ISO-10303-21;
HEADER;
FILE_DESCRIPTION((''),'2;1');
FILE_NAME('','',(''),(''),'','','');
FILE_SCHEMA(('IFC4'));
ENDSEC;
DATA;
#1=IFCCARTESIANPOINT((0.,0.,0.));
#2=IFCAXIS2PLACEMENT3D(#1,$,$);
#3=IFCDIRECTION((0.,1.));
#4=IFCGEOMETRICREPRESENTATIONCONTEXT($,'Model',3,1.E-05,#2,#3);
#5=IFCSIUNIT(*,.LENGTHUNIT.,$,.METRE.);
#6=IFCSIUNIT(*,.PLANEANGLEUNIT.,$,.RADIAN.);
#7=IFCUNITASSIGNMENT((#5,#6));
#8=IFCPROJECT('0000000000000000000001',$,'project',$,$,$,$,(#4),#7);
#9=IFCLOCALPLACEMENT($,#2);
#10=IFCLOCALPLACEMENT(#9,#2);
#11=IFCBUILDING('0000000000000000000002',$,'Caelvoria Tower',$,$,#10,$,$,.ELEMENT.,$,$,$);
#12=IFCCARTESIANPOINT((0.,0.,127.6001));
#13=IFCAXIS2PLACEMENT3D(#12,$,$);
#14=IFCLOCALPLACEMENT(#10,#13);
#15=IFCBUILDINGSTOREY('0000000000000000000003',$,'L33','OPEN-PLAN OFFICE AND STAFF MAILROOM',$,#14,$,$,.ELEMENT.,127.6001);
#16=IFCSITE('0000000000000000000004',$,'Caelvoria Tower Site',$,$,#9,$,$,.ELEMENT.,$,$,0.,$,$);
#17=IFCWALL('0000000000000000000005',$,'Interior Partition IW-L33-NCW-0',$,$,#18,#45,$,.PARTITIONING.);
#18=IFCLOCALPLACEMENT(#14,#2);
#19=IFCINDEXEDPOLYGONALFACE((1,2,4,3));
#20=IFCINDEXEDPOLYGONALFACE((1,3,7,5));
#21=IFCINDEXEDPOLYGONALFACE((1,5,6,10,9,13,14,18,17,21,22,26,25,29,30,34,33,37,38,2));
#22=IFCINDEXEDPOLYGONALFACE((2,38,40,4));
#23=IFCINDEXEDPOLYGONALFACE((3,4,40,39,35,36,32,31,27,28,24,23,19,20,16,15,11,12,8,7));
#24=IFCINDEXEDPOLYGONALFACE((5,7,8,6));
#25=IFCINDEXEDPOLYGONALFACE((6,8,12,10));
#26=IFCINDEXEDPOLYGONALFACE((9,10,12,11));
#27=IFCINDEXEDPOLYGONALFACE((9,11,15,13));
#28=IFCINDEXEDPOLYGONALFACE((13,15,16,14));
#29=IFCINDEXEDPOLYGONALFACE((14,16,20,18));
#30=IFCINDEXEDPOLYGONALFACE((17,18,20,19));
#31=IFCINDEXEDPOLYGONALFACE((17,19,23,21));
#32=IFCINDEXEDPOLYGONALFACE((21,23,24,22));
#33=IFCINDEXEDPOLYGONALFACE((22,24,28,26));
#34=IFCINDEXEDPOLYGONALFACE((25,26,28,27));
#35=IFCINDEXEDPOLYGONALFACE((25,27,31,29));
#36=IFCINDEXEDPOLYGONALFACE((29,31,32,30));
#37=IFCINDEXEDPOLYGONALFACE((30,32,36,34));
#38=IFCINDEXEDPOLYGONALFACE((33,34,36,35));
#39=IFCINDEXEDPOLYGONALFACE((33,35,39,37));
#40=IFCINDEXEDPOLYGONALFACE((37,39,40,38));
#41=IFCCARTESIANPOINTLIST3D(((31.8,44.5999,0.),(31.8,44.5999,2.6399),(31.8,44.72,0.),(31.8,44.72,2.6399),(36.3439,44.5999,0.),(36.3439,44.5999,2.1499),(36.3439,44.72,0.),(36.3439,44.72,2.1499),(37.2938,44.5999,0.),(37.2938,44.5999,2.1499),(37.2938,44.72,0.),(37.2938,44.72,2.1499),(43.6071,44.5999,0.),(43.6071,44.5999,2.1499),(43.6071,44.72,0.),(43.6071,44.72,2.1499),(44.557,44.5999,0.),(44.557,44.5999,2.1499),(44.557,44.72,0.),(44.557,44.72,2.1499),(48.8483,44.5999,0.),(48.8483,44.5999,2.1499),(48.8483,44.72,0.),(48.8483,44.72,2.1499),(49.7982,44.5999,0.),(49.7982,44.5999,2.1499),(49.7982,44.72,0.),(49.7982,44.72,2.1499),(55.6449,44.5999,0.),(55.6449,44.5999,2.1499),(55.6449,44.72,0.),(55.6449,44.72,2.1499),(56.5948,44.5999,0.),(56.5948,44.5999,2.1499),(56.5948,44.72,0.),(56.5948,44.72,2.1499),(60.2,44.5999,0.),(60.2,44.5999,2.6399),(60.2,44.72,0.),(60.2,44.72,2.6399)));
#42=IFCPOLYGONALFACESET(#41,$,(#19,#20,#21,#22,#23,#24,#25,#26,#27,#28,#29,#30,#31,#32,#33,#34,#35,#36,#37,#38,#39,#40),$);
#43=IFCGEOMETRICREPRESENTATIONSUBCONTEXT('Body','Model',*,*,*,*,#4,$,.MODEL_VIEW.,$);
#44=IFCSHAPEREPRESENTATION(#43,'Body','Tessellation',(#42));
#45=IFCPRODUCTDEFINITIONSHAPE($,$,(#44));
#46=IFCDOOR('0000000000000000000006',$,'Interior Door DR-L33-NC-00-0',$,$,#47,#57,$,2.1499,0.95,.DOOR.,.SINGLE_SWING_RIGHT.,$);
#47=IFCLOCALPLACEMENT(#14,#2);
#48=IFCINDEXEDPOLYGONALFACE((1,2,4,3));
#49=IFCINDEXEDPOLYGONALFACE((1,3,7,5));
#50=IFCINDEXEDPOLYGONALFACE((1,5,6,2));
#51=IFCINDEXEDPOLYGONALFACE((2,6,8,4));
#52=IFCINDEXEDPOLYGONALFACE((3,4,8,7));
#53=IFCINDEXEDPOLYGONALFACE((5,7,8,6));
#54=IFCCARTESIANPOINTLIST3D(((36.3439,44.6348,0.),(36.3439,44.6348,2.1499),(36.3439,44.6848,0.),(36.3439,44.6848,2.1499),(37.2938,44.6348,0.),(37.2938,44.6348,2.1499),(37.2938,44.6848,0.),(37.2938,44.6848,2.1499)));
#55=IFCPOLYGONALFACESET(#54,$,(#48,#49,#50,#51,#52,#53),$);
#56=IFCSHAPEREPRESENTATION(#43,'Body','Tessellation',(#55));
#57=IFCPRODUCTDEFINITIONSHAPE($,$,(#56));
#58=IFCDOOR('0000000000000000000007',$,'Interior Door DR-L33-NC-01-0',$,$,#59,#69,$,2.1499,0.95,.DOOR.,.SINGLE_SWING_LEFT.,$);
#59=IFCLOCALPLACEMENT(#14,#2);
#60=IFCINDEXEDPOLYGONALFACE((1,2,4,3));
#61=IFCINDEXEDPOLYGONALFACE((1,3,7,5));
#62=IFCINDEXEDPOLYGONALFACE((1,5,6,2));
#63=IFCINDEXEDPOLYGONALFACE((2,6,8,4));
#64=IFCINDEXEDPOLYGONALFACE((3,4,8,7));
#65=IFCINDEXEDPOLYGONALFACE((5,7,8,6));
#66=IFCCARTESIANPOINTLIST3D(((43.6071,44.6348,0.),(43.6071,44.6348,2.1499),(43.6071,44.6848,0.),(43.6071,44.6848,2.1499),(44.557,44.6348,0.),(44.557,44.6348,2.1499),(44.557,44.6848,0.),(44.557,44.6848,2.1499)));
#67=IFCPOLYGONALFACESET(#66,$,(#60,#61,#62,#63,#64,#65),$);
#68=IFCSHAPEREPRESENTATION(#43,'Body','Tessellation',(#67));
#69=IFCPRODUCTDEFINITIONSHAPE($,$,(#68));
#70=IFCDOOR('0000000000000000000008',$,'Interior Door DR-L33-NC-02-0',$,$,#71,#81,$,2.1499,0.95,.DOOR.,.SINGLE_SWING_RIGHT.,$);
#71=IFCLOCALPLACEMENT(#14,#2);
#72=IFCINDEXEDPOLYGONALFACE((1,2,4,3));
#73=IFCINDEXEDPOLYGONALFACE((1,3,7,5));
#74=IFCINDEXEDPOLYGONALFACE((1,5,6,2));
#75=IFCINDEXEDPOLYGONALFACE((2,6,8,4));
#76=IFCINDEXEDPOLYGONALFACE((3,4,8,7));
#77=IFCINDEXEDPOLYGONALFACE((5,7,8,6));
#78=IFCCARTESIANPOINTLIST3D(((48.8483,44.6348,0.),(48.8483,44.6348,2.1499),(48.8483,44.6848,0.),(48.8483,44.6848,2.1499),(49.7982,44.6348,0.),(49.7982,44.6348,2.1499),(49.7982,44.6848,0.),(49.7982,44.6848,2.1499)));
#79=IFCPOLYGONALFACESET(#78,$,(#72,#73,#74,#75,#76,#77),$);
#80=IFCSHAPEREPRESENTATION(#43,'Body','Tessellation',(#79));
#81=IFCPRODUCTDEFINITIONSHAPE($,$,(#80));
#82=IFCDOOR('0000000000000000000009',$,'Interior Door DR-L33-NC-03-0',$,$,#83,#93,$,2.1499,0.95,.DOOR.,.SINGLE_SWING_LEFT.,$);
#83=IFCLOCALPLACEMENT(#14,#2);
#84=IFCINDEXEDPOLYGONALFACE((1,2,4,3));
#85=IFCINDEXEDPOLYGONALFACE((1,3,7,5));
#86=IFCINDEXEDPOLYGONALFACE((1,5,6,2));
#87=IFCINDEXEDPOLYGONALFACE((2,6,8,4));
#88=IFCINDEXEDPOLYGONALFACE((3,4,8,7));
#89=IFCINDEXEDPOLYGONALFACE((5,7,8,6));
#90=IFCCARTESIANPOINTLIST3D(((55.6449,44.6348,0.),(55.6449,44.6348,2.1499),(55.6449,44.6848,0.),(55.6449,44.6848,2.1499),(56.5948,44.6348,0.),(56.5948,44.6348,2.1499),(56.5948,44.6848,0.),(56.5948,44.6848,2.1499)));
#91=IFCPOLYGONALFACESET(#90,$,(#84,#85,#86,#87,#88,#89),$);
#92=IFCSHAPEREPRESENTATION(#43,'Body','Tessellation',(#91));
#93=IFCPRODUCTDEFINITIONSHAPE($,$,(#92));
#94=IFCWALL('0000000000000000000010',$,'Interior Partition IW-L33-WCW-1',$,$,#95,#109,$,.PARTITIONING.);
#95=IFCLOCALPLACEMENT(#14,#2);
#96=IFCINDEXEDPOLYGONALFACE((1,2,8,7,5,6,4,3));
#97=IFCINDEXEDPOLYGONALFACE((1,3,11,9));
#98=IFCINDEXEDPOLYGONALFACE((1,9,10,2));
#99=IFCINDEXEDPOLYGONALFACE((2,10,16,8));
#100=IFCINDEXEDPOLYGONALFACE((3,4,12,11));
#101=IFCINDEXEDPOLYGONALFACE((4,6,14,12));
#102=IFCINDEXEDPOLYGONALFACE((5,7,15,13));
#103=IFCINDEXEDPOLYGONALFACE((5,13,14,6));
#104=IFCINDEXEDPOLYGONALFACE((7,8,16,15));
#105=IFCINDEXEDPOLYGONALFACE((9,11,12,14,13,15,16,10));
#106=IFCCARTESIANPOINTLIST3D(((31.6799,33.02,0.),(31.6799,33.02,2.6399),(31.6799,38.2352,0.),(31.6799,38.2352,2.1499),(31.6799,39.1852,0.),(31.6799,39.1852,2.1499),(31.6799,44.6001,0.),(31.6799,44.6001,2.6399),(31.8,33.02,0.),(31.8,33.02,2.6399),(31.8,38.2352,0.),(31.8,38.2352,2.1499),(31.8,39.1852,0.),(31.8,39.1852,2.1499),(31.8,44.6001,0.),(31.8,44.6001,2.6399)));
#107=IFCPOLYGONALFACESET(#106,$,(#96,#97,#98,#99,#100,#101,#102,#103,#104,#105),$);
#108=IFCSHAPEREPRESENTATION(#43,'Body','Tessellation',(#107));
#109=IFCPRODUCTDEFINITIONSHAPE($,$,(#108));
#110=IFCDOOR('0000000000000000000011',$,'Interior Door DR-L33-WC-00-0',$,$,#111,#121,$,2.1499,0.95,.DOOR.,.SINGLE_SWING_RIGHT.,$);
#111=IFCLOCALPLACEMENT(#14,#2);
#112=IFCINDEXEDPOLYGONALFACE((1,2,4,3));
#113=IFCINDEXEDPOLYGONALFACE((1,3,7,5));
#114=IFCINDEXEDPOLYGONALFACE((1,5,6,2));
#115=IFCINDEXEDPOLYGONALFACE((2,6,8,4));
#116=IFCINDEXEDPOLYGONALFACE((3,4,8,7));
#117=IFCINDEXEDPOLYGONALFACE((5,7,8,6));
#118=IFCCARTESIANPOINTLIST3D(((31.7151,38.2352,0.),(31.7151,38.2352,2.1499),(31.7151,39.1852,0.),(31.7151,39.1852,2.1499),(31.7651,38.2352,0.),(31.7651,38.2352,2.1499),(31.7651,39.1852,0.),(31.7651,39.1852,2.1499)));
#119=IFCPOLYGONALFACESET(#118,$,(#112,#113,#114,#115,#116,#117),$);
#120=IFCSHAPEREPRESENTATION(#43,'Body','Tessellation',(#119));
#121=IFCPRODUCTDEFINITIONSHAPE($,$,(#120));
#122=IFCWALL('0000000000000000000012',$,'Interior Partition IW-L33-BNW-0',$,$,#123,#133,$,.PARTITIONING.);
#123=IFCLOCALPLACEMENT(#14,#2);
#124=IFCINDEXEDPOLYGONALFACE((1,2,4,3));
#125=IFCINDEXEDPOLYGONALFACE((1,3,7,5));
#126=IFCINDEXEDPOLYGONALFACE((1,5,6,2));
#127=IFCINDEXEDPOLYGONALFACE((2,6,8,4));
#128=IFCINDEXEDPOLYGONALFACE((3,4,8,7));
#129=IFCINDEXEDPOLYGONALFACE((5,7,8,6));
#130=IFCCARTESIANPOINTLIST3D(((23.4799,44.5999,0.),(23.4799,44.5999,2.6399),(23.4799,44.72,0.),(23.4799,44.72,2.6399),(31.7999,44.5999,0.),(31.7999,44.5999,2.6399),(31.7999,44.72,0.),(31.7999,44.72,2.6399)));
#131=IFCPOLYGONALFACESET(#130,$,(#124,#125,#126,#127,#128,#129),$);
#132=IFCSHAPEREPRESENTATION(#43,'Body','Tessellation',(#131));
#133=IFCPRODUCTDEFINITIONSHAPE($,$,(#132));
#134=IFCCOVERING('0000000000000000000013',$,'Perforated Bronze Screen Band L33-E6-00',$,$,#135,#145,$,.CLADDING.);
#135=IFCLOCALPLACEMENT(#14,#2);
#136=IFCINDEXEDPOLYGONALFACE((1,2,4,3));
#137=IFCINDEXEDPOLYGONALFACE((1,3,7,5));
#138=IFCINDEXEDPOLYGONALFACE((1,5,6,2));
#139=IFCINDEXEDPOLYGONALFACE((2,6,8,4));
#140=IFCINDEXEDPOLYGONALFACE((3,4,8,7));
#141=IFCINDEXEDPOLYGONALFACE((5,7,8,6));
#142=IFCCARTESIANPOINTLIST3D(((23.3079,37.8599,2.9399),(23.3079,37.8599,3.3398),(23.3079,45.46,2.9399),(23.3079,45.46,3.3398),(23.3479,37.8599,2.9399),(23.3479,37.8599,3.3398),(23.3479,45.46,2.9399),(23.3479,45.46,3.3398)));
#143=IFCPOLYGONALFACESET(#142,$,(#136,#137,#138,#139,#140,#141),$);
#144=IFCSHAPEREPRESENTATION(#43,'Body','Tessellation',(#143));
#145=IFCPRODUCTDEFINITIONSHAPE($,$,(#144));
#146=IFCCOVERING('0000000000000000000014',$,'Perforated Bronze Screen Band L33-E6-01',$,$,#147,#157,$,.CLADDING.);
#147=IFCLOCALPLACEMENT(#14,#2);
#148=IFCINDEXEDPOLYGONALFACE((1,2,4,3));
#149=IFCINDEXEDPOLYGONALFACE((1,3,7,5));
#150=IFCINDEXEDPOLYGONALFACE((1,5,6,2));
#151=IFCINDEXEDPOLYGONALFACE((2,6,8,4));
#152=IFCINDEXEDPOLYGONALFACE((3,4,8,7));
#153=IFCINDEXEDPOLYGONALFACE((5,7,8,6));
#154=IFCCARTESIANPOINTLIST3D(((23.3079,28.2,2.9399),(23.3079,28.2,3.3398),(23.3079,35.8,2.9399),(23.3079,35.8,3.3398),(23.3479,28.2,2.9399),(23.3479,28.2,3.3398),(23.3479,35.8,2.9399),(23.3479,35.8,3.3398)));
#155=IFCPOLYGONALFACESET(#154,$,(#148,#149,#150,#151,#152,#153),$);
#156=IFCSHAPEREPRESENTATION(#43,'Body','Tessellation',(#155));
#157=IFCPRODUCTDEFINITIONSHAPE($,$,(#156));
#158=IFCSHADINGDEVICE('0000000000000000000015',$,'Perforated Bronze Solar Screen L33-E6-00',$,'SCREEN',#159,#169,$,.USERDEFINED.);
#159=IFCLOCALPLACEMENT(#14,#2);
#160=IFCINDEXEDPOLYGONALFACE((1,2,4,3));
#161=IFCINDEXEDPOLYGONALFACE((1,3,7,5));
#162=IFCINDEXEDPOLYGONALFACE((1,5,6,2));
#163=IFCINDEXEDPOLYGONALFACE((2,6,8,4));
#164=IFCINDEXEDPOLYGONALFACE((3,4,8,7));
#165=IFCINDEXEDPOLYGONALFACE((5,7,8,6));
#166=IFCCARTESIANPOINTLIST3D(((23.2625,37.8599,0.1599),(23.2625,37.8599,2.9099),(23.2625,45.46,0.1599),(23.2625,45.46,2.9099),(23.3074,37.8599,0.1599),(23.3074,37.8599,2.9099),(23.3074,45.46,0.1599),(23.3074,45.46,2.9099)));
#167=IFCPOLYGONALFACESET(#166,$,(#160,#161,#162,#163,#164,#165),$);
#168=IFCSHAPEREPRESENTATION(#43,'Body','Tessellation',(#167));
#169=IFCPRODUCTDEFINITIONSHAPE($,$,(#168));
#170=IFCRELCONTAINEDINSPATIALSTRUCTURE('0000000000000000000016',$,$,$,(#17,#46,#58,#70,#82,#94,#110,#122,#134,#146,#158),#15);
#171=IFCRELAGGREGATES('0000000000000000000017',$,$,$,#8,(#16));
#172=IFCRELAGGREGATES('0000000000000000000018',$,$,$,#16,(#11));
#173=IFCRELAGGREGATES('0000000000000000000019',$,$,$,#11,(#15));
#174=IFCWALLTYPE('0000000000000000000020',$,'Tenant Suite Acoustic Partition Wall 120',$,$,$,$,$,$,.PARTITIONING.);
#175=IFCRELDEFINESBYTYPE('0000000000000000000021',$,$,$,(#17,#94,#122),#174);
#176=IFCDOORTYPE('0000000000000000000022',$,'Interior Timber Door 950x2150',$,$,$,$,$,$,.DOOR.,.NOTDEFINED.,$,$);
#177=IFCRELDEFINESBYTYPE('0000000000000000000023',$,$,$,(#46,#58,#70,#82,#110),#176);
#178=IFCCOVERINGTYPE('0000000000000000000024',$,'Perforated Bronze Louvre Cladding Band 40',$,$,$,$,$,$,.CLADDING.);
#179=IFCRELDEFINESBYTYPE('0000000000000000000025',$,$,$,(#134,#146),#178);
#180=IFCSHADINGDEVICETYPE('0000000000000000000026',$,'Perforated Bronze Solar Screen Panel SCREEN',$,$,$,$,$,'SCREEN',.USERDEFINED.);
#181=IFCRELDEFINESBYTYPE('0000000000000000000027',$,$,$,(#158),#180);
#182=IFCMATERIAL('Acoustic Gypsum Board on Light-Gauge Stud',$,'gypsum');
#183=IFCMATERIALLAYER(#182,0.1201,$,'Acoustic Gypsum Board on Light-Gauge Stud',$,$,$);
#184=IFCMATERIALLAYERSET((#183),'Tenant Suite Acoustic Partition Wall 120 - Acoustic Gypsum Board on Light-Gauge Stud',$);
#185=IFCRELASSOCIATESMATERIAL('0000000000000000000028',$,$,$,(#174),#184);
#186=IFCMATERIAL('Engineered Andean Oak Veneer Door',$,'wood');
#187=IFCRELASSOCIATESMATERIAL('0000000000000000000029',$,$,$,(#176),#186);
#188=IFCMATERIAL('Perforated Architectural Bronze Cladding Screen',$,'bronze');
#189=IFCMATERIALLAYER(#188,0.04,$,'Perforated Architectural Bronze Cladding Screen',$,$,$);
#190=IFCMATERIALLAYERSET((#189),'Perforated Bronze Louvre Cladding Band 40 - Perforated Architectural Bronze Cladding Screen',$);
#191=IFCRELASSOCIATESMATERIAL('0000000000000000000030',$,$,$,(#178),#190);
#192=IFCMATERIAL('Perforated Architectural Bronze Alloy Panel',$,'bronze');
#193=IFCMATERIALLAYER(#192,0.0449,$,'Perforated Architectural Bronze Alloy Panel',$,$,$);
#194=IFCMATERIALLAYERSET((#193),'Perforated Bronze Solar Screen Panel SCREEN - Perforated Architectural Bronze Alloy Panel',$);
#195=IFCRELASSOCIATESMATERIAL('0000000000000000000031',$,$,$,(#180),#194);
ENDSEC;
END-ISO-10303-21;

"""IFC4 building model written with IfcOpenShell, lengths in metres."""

from ifc_helpers import new_model, si_unit, direction, frame, frame_2d, origin, origin_2d, place, context, subcontext, project, spatial, rectangle, extrude, material, layer, layer_set, type_object, element, fill, save


model = new_model("IFC4")

# Units and contexts
model_context = context("Model", 3, precision=1e-05, world=origin(), true_north=direction((0.0, 1.0)))
body_context = subcontext(model_context, "Body", "Model", "MODEL_VIEW")
ifc_project = project(units=[si_unit("LENGTHUNIT", "METRE"), si_unit("PLANEANGLEUNIT", "RADIAN")], contexts=[model_context])

# Site, building, storey
site_placement = place(None, origin())
site = spatial("IfcSite", under=ifc_project, at=site_placement, Name="Caelvoria Tower Site", CompositionType="ELEMENT", RefElevation=0.0)
building_placement = place(site_placement, origin())
building = spatial("IfcBuilding", under=site, at=building_placement, Name="Caelvoria Tower", CompositionType="ELEMENT")
storey_placement = place(building_placement, frame((0.0, 0.0, 127.6001)))
storey = spatial("IfcBuildingStorey", under=building, at=storey_placement, Name="L33", Description="OPEN-PLAN OFFICE AND STAFF MAILROOM", CompositionType="ELEMENT", Elevation=127.6001)

# Wall, openings, doors
ifc_material_1 = material(Name="Acoustic Gypsum Board on Light-Gauge Stud", Category="gypsum")
ifc_layer_1 = layer(ifc_material_1, 0.1201, Name="Acoustic Gypsum Board on Light-Gauge Stud")
ifc_layer_set_1 = layer_set([ifc_layer_1], Name="Tenant Suite Acoustic Partition Wall 120 - Acoustic Gypsum Board on Light-Gauge Stud")
wall_type = type_object("IfcWallType", Name="Tenant Suite Acoustic Partition Wall 120", PredefinedType="PARTITIONING", material=ifc_layer_set_1)
wall_1_placement = place(storey_placement, frame((31.8, 44.6599, 0.0), z_axis=(0.0, 0.0, 1.0), x_axis=(1.0, 0.0, 0.0)))
wall_1 = element("IfcWall", 1, at=wall_1_placement, inside=storey, type_object=wall_type, Name="Interior Partition IW-L33-NCW-0", PredefinedType="PARTITIONING", context=body_context, shape_type="SweptSolid", body=[
    extrude(rectangle(XDim=28.3999, YDim=0.1201, at=frame_2d((14.2, 0.0))), origin(), (0.0, 0.0, 1.0), 2.6399),
])
opening_1_placement = place(wall_1_placement, frame((4.5437, 0.0, 0.0)))
opening_1 = element("IfcOpeningElement", 2, at=opening_1_placement, cuts=wall_1, PredefinedType="OPENING", context=body_context, shape_type="SweptSolid", body=[
    extrude(rectangle(XDim=0.95, YDim=2.1499, at=frame_2d((0.4751, 1.075))), frame((0.0, 0.0701, 0.0), z_axis=(0.0, -1.0, 0.0), x_axis=(1.0, 0.0, 0.0)), (0.0, 0.0, 1.0), 0.1401),
])
opening_2_placement = place(wall_1_placement, frame((11.8069, 0.0, 0.0)))
opening_2 = element("IfcOpeningElement", 3, at=opening_2_placement, cuts=wall_1, PredefinedType="OPENING", context=body_context, shape_type="SweptSolid", body=[
    extrude(rectangle(XDim=0.95, YDim=2.1499, at=frame_2d((0.4751, 1.075))), frame((0.0, 0.0701, 0.0), z_axis=(0.0, -1.0, 0.0), x_axis=(1.0, 0.0, 0.0)), (0.0, 0.0, 1.0), 0.1401),
])
opening_3_placement = place(wall_1_placement, frame((17.0481, 0.0, 0.0)))
opening_3 = element("IfcOpeningElement", 4, at=opening_3_placement, cuts=wall_1, PredefinedType="OPENING", context=body_context, shape_type="SweptSolid", body=[
    extrude(rectangle(XDim=0.95, YDim=2.1499, at=frame_2d((0.4751, 1.075))), frame((0.0, 0.0701, 0.0), z_axis=(0.0, -1.0, 0.0), x_axis=(1.0, 0.0, 0.0)), (0.0, 0.0, 1.0), 0.1401),
])
opening_4_placement = place(wall_1_placement, frame((23.8447, 0.0, 0.0)))
opening_4 = element("IfcOpeningElement", 5, at=opening_4_placement, cuts=wall_1, PredefinedType="OPENING", context=body_context, shape_type="SweptSolid", body=[
    extrude(rectangle(XDim=0.95, YDim=2.1499, at=frame_2d((0.4751, 1.075))), frame((0.0, 0.0701, 0.0), z_axis=(0.0, -1.0, 0.0), x_axis=(1.0, 0.0, 0.0)), (0.0, 0.0, 1.0), 0.1401),
])
ifc_material_2 = material(Name="Engineered Andean Oak Veneer Door", Category="wood")
door_type = type_object("IfcDoorType", Name="Interior Timber Door 950x2150", OperationType="NOTDEFINED", PredefinedType="DOOR", material=ifc_material_2)
door_1_placement = place(opening_1_placement, origin())
door_1 = element("IfcDoor", 6, at=door_1_placement, inside=storey, type_object=door_type, Name="Interior Door DR-L33-NC-00-0", OperationType="SINGLE_SWING_RIGHT", OverallHeight=2.1499, OverallWidth=0.95, PredefinedType="DOOR", context=body_context, shape_type="SweptSolid", body=[
    extrude(rectangle(XDim=0.95, YDim=2.1499, at=frame_2d((0.4751, 1.075))), frame((0.0, 0.0249, 0.0), z_axis=(0.0, -1.0, 0.0), x_axis=(1.0, 0.0, 0.0)), (0.0, 0.0, 1.0), 0.05),
])
fill(opening_1, door_1)
door_2_placement = place(opening_2_placement, origin())
door_2 = element("IfcDoor", 7, at=door_2_placement, inside=storey, type_object=door_type, Name="Interior Door DR-L33-NC-01-0", OperationType="SINGLE_SWING_LEFT", OverallHeight=2.1499, OverallWidth=0.95, PredefinedType="DOOR", context=body_context, shape_type="SweptSolid", body=[
    extrude(rectangle(XDim=0.95, YDim=2.1499, at=frame_2d((0.4751, 1.075))), frame((0.0, 0.0249, 0.0), z_axis=(0.0, -1.0, 0.0), x_axis=(1.0, 0.0, 0.0)), (0.0, 0.0, 1.0), 0.05),
])
fill(opening_2, door_2)
door_3_placement = place(opening_3_placement, origin())
door_3 = element("IfcDoor", 8, at=door_3_placement, inside=storey, type_object=door_type, Name="Interior Door DR-L33-NC-02-0", OperationType="SINGLE_SWING_RIGHT", OverallHeight=2.1499, OverallWidth=0.95, PredefinedType="DOOR", context=body_context, shape_type="SweptSolid", body=[
    extrude(rectangle(XDim=0.95, YDim=2.1499, at=frame_2d((0.4751, 1.075))), frame((0.0, 0.0249, 0.0), z_axis=(0.0, -1.0, 0.0), x_axis=(1.0, 0.0, 0.0)), (0.0, 0.0, 1.0), 0.05),
])
fill(opening_3, door_3)
door_4_placement = place(opening_4_placement, origin())
door_4 = element("IfcDoor", 9, at=door_4_placement, inside=storey, type_object=door_type, Name="Interior Door DR-L33-NC-03-0", OperationType="SINGLE_SWING_LEFT", OverallHeight=2.1499, OverallWidth=0.95, PredefinedType="DOOR", context=body_context, shape_type="SweptSolid", body=[
    extrude(rectangle(XDim=0.95, YDim=2.1499, at=frame_2d((0.4751, 1.075))), frame((0.0, 0.0249, 0.0), z_axis=(0.0, -1.0, 0.0), x_axis=(1.0, 0.0, 0.0)), (0.0, 0.0, 1.0), 0.05),
])
fill(opening_4, door_4)

# Wall, opening, door
wall_2_placement = place(storey_placement, frame((31.74, 33.02, 0.0), z_axis=(0.0, 0.0, 1.0), x_axis=(0.0, 1.0, 0.0)))
wall_2 = element("IfcWall", 10, at=wall_2_placement, inside=storey, type_object=wall_type, Name="Interior Partition IW-L33-WCW-1", PredefinedType="PARTITIONING", context=body_context, shape_type="SweptSolid", body=[
    extrude(rectangle(XDim=11.5801, YDim=0.1201, at=frame_2d((5.79, 0.0))), origin(), (0.0, 0.0, 1.0), 2.6399),
])
opening_5_placement = place(wall_2_placement, frame((5.2151, 0.0, 0.0)))
opening_5 = element("IfcOpeningElement", 11, at=opening_5_placement, cuts=wall_2, PredefinedType="OPENING", context=body_context, shape_type="SweptSolid", body=[
    extrude(rectangle(XDim=0.95, YDim=2.1499, at=frame_2d((0.4751, 1.075))), frame((0.0, 0.0701, 0.0), z_axis=(0.0, -1.0, 0.0), x_axis=(1.0, 0.0, 0.0)), (0.0, 0.0, 1.0), 0.1401),
])
door_5_placement = place(opening_5_placement, origin())
door_5 = element("IfcDoor", 12, at=door_5_placement, inside=storey, type_object=door_type, Name="Interior Door DR-L33-WC-00-0", OperationType="SINGLE_SWING_RIGHT", OverallHeight=2.1499, OverallWidth=0.95, PredefinedType="DOOR", context=body_context, shape_type="SweptSolid", body=[
    extrude(rectangle(XDim=0.95, YDim=2.1499, at=frame_2d((0.4751, 1.075))), frame((0.0, 0.0249, 0.0), z_axis=(0.0, -1.0, 0.0), x_axis=(1.0, 0.0, 0.0)), (0.0, 0.0, 1.0), 0.05),
])
fill(opening_5, door_5)

# Wall
wall_3_placement = place(storey_placement, frame((31.8, 44.6599, 0.0), z_axis=(0.0, 0.0, 1.0), x_axis=(-1.0, 0.0, 0.0)))
element("IfcWall", 13, at=wall_3_placement, inside=storey, type_object=wall_type, Name="Interior Partition IW-L33-BNW-0", PredefinedType="PARTITIONING", context=body_context, shape_type="SweptSolid", body=[
    extrude(rectangle(XDim=8.3201, YDim=0.1201, at=frame_2d((4.1602, 0.0))), origin(), (0.0, 0.0, 1.0), 2.6399),
])

# Coverings
ifc_material_3 = material(Name="Perforated Architectural Bronze Cladding Screen", Category="bronze")
ifc_layer_2 = layer(ifc_material_3, 0.04, Name="Perforated Architectural Bronze Cladding Screen")
ifc_layer_set_2 = layer_set([ifc_layer_2], Name="Perforated Bronze Louvre Cladding Band 40 - Perforated Architectural Bronze Cladding Screen")
covering_type = type_object("IfcCoveringType", Name="Perforated Bronze Louvre Cladding Band 40", PredefinedType="CLADDING", material=ifc_layer_set_2)
for number, where, z_axis, x_axis, name in (
    (14, (23.3279, 41.6599, 2.9399), (0.0, 0.0, 1.0), (0.0, -1.0, 0.0), "Perforated Bronze Screen Band L33-E6-00"),
    (15, (23.3279, 32.0, 2.9399), (0.0, 0.0, 1.0), (0.0, -1.0, 0.0), "Perforated Bronze Screen Band L33-E6-01"),
):
    element("IfcCovering", number, at=place(storey_placement, frame(where, z_axis=z_axis, x_axis=x_axis)), inside=storey, type_object=covering_type, Name=name, PredefinedType="CLADDING", context=body_context, shape_type="SweptSolid", body=[
        extrude(rectangle(XDim=7.6001, YDim=0.04, at=origin_2d()), origin(), (0.0, 0.0, 1.0), 0.3999),
    ])

# Shading device
ifc_material_4 = material(Name="Perforated Architectural Bronze Alloy Panel", Category="bronze")
ifc_layer_3 = layer(ifc_material_4, 0.0449, Name="Perforated Architectural Bronze Alloy Panel")
ifc_layer_set_3 = layer_set([ifc_layer_3], Name="Perforated Bronze Solar Screen Panel SCREEN - Perforated Architectural Bronze Alloy Panel")
shading_device_type = type_object("IfcShadingDeviceType", Name="Perforated Bronze Solar Screen Panel SCREEN", ElementType="SCREEN", PredefinedType="USERDEFINED", material=ifc_layer_set_3)
for number, where, z_axis, x_axis, name in (
    (16, (23.2849, 41.6599, 0.1599), (0.0, 0.0, 1.0), (0.0, -1.0, 0.0), "Perforated Bronze Solar Screen L33-E6-00"),
):
    element("IfcShadingDevice", number, at=place(storey_placement, frame(where, z_axis=z_axis, x_axis=x_axis)), inside=storey, type_object=shading_device_type, Name=name, ObjectType="SCREEN", PredefinedType="USERDEFINED", context=body_context, shape_type="SweptSolid", body=[
        extrude(rectangle(XDim=7.6001, YDim=0.0449, at=origin_2d()), origin(), (0.0, 0.0, 1.0), 2.75),
    ])

save(model, "model.ifc")
